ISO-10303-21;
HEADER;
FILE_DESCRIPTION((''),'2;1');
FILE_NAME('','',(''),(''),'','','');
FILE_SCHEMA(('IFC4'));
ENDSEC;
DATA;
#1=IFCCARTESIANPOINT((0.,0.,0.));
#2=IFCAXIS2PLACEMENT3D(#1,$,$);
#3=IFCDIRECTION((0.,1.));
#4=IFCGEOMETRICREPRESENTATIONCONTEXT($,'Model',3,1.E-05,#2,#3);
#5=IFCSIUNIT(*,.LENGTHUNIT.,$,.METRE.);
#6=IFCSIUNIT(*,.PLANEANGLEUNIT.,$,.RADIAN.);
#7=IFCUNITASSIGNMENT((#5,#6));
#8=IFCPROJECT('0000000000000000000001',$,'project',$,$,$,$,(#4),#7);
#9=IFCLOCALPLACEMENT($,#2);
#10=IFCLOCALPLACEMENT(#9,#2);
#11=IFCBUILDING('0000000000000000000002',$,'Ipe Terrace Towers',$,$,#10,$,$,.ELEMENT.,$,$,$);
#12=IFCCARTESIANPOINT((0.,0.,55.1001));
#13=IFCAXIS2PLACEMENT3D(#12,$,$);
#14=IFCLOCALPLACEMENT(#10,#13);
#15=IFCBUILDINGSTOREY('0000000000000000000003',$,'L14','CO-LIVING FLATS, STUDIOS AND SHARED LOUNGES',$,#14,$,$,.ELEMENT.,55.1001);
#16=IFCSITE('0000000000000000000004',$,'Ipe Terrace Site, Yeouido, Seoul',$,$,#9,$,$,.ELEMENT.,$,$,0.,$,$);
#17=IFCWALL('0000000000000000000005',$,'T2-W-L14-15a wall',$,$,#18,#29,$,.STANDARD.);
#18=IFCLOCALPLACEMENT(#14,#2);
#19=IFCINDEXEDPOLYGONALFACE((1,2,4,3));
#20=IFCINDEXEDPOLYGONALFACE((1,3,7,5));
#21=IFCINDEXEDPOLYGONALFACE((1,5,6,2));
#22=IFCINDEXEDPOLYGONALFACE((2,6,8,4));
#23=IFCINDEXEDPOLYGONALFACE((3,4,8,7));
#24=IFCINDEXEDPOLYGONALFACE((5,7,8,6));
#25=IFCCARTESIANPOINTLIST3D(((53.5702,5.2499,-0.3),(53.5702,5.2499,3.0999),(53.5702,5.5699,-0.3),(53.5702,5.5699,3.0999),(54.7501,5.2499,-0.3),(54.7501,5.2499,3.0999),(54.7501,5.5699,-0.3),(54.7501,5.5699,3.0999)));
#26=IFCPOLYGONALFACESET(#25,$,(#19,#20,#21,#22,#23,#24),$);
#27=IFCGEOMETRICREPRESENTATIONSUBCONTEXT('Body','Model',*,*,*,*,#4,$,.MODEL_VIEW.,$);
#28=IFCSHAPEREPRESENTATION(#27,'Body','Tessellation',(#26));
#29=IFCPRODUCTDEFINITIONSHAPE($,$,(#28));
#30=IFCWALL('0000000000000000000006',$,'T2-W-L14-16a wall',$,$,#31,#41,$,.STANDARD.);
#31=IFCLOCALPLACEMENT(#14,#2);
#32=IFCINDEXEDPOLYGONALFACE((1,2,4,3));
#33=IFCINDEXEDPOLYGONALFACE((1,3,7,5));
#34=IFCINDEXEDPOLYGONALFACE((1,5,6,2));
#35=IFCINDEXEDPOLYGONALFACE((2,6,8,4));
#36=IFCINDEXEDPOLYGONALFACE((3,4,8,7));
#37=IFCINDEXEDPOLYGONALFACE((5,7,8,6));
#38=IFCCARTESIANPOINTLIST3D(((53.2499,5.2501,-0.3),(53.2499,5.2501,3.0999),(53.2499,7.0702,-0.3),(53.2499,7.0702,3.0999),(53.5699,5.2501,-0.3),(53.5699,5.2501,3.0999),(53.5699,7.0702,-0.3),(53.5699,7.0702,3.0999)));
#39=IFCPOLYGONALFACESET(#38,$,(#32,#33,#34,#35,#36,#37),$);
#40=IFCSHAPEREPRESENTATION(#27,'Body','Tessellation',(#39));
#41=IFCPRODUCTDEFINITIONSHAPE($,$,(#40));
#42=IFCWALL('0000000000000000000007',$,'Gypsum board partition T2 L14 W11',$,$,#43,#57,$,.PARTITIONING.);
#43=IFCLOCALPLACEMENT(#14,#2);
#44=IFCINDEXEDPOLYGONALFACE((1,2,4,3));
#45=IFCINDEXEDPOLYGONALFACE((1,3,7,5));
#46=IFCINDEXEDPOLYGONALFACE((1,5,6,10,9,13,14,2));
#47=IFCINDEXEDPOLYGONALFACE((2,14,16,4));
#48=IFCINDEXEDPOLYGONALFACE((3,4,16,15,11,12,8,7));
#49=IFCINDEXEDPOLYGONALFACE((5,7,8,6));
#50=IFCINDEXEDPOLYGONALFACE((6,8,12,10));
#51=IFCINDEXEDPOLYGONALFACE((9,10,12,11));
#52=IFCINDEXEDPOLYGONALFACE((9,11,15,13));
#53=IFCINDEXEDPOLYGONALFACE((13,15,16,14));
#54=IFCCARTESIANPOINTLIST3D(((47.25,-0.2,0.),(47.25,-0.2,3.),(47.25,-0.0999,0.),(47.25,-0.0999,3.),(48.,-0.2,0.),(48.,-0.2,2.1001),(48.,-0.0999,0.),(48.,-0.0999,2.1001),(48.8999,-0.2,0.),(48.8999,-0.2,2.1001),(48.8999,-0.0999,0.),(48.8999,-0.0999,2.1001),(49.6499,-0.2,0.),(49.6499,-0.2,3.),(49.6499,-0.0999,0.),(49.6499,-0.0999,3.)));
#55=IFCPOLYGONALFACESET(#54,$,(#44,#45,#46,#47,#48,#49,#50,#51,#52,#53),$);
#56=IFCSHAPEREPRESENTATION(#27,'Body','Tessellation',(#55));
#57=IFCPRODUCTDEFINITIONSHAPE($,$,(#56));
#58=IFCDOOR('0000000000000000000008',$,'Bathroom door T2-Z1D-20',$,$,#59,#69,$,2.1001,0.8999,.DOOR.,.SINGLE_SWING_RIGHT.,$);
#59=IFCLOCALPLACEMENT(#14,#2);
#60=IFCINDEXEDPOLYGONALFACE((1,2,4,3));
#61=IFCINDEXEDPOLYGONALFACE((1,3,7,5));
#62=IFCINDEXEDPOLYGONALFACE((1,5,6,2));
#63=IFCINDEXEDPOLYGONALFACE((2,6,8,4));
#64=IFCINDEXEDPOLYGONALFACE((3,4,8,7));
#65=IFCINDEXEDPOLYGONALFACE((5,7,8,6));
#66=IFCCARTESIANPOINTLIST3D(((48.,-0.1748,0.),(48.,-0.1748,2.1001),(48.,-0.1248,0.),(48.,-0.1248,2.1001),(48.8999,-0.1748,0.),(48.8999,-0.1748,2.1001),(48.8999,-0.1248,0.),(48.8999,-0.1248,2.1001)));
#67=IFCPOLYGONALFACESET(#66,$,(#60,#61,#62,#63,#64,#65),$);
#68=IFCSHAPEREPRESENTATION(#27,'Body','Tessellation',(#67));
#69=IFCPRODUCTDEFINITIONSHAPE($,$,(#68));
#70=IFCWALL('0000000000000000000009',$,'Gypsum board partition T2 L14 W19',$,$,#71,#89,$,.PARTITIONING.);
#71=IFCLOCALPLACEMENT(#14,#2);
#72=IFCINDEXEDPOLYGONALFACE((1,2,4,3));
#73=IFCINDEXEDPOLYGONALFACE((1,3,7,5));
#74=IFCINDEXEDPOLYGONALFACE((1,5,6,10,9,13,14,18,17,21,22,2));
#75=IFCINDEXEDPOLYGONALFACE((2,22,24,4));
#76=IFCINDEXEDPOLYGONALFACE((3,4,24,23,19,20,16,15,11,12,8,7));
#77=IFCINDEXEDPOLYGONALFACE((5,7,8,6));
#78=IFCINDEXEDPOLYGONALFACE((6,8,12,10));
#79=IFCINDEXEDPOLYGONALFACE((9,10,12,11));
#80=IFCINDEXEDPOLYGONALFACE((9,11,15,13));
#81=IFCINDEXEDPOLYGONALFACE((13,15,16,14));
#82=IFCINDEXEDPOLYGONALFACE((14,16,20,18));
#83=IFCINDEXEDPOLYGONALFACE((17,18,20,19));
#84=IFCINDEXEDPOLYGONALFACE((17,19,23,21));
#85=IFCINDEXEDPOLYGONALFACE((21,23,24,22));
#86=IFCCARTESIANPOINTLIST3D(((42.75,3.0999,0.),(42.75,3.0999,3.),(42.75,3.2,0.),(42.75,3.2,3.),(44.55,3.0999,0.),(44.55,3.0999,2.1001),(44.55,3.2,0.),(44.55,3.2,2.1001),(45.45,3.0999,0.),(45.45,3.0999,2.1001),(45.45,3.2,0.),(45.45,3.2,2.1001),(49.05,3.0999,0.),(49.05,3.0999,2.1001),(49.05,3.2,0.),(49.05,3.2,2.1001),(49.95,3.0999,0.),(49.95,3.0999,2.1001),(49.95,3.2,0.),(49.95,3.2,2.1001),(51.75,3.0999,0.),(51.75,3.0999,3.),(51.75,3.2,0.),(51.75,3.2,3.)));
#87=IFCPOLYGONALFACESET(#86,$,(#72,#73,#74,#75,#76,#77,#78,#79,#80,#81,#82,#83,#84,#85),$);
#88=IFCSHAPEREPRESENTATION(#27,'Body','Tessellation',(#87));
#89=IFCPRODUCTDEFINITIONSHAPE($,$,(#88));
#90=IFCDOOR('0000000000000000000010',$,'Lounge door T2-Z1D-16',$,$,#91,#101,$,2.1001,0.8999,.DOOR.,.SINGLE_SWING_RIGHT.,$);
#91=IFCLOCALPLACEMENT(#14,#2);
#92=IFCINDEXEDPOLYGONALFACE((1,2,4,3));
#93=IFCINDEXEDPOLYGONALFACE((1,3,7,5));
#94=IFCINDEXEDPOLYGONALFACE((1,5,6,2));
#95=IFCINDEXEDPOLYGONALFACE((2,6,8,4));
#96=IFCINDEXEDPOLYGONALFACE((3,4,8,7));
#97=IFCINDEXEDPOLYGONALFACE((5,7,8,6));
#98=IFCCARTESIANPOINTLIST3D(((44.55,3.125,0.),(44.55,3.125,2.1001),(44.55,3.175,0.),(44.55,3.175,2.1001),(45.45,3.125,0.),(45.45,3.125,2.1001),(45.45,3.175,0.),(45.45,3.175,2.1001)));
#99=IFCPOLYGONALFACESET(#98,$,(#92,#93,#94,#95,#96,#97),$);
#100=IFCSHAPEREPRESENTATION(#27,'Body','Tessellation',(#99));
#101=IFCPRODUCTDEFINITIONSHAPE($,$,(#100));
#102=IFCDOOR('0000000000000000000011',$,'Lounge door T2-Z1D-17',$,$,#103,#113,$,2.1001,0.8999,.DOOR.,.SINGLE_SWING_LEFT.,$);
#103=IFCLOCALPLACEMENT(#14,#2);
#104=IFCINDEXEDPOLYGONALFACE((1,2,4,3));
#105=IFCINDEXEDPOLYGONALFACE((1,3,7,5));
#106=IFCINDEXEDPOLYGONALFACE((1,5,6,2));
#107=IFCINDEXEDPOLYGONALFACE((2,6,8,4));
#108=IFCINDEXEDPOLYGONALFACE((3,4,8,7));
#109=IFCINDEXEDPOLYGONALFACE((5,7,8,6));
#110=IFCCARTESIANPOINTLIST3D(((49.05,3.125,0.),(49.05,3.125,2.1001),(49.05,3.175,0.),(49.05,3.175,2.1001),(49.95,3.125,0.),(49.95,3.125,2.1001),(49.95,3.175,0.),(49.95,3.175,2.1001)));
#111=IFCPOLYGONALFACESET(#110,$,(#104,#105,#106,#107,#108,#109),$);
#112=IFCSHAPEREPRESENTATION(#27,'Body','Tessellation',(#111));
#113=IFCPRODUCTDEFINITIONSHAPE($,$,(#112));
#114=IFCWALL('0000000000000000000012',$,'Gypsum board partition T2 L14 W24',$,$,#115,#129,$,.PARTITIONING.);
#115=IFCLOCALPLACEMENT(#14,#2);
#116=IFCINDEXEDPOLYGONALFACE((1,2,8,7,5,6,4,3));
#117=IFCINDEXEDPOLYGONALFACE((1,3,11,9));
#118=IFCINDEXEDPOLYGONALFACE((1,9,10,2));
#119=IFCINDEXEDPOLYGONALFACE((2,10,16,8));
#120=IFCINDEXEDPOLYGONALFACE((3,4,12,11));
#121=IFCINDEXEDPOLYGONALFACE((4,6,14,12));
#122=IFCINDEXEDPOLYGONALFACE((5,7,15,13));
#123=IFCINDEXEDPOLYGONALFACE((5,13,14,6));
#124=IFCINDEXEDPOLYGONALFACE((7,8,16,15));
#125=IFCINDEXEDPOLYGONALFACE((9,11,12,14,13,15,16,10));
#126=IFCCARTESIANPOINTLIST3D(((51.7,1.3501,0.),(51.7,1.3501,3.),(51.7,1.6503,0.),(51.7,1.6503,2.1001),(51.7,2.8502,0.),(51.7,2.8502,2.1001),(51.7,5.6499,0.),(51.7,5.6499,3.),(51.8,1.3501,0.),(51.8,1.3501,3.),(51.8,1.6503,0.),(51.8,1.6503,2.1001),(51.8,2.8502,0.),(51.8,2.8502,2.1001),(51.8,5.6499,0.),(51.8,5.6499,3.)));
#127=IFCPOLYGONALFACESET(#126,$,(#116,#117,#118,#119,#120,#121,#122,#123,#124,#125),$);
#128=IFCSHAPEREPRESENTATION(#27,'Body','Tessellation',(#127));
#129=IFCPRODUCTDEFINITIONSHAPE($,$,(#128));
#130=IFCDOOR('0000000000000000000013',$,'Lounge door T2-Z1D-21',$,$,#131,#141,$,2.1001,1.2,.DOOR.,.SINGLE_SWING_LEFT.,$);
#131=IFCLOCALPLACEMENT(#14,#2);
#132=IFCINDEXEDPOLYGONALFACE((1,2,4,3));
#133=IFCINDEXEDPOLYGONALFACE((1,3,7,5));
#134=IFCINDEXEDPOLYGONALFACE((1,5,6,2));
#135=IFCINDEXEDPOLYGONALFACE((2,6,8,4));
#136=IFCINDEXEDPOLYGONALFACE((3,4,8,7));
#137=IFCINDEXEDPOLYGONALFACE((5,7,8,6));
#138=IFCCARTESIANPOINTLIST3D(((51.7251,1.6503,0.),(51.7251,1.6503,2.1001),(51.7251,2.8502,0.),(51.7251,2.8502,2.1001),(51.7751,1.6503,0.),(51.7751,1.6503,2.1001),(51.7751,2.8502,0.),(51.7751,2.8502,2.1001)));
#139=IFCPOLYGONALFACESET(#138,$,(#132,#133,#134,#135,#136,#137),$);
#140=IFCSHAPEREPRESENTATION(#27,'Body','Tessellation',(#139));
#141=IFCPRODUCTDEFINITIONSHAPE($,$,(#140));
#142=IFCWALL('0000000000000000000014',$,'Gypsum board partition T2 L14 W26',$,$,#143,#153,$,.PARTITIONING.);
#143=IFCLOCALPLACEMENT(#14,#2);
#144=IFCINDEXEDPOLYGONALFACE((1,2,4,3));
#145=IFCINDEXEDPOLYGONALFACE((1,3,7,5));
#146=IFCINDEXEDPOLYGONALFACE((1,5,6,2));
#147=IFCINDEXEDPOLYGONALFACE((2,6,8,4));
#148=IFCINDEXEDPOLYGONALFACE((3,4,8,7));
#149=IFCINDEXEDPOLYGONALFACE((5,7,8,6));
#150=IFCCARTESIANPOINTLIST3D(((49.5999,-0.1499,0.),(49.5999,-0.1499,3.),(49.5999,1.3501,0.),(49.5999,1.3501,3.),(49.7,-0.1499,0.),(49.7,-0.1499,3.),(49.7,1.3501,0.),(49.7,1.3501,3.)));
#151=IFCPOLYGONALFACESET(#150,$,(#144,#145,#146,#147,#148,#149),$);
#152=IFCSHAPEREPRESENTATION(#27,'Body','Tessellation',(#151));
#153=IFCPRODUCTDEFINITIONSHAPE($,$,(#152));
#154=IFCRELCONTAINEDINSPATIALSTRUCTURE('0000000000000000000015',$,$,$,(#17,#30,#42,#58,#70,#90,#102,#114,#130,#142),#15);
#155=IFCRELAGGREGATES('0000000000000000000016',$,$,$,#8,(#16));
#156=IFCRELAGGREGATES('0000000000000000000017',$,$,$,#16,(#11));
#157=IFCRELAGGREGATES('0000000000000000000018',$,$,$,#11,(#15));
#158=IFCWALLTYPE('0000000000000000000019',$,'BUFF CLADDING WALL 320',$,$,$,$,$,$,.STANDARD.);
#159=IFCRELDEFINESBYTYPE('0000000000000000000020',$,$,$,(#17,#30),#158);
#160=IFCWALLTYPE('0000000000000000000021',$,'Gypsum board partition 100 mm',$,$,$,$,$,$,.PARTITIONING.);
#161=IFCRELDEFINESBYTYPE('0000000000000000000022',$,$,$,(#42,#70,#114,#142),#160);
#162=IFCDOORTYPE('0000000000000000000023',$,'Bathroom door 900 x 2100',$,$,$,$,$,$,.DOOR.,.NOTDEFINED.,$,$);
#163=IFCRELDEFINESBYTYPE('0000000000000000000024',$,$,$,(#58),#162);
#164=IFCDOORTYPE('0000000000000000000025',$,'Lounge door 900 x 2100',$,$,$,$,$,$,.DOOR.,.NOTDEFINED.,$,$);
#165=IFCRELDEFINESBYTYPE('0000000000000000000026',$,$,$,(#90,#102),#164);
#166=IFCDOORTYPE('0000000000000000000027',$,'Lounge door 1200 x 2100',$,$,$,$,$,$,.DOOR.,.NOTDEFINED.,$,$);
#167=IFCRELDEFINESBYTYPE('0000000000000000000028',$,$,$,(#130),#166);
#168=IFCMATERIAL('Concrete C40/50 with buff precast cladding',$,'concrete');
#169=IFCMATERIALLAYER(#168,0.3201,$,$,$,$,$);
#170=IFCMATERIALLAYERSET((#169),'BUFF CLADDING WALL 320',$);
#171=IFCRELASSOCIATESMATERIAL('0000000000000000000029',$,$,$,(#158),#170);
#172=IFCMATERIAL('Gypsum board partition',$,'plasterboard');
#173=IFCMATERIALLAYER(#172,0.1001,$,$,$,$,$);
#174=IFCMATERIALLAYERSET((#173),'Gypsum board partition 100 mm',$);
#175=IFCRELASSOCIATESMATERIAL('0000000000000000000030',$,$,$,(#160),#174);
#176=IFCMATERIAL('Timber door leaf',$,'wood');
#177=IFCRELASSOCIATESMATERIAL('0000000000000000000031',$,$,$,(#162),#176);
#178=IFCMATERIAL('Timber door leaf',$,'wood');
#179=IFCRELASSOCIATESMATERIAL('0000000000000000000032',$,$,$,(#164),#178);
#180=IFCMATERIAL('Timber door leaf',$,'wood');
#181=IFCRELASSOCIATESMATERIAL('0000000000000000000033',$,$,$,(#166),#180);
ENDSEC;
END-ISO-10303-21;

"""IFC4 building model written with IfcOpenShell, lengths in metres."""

from ifc_helpers import new_model, si_unit, direction, frame, frame_2d, origin, place, context, subcontext, project, spatial, rectangle, extrude, material, layer, layer_set, type_object, element, fill, save


model = new_model("IFC4")

# Units and contexts
model_context = context("Model", 3, precision=1e-05, world=origin(), true_north=direction((0.0, 1.0)))
body_context = subcontext(model_context, "Body", "Model", "MODEL_VIEW")
ifc_project = project(units=[si_unit("LENGTHUNIT", "METRE"), si_unit("PLANEANGLEUNIT", "RADIAN")], contexts=[model_context])

# Site, building, storey
site_placement = place(None, origin())
site = spatial("IfcSite", under=ifc_project, at=site_placement, Name="Ipe Terrace Site, Yeouido, Seoul", CompositionType="ELEMENT", RefElevation=0.0)
building_placement = place(site_placement, origin())
building = spatial("IfcBuilding", under=site, at=building_placement, Name="Ipe Terrace Towers", CompositionType="ELEMENT")
storey_placement = place(building_placement, frame((0.0, 0.0, 55.1001)))
storey = spatial("IfcBuildingStorey", under=building, at=storey_placement, Name="L14", Description="CO-LIVING FLATS, STUDIOS AND SHARED LOUNGES", CompositionType="ELEMENT", Elevation=55.1001)

# Walls
ifc_material_1 = material(Name="Concrete C40/50 with buff precast cladding", Category="concrete")
ifc_layer_1 = layer(ifc_material_1, 0.3201)
ifc_layer_set_1 = layer_set([ifc_layer_1], Name="BUFF CLADDING WALL 320")
wall_type_1 = type_object("IfcWallType", Name="BUFF CLADDING WALL 320", PredefinedType="STANDARD", material=ifc_layer_set_1)
wall_1_placement = place(storey_placement, frame((54.75, 5.4099, -0.3), z_axis=(0.0, 0.0, 1.0), x_axis=(-1.0, 0.0, 0.0)))
element("IfcWall", 1, at=wall_1_placement, inside=storey, type_object=wall_type_1, Name="T2-W-L14-15a wall", PredefinedType="STANDARD", context=body_context, shape_type="SweptSolid", body=[
    extrude(rectangle(XDim=1.1799, YDim=0.3201, at=frame_2d((0.5898, 0.0))), origin(), (0.0, 0.0, 1.0), 3.3999),
])
wall_2_placement = place(storey_placement, frame((53.4099, 5.25, -0.3), z_axis=(0.0, 0.0, 1.0), x_axis=(0.0, 1.0, 0.0)))
element("IfcWall", 2, at=wall_2_placement, inside=storey, type_object=wall_type_1, Name="T2-W-L14-16a wall", PredefinedType="STANDARD", context=body_context, shape_type="SweptSolid", body=[
    extrude(rectangle(XDim=1.8201, YDim=0.3201, at=frame_2d((0.9102, 0.0))), origin(), (0.0, 0.0, 1.0), 3.3999),
])

# Wall, opening, door
ifc_material_2 = material(Name="Gypsum board partition", Category="plasterboard")
ifc_layer_2 = layer(ifc_material_2, 0.1001)
ifc_layer_set_2 = layer_set([ifc_layer_2], Name="Gypsum board partition 100 mm")
wall_type_2 = type_object("IfcWallType", Name="Gypsum board partition 100 mm", PredefinedType="PARTITIONING", material=ifc_layer_set_2)
wall_3_placement = place(storey_placement, frame((49.6499, -0.1499, 0.0), z_axis=(0.0, 0.0, 1.0), x_axis=(-1.0, 0.0, 0.0)))
wall_3 = element("IfcWall", 3, at=wall_3_placement, inside=storey, type_object=wall_type_2, Name="Gypsum board partition T2 L14 W11", PredefinedType="PARTITIONING", context=body_context, shape_type="SweptSolid", body=[
    extrude(rectangle(XDim=2.3999, YDim=0.1001, at=frame_2d((1.2, 0.0))), origin(), (0.0, 0.0, 1.0), 3.0),
])
opening_1_placement = place(wall_3_placement, frame((0.75, 0.0, 0.0)))
opening_1 = element("IfcOpeningElement", 4, at=opening_1_placement, cuts=wall_3, PredefinedType="OPENING", context=body_context, shape_type="SweptSolid", body=[
    extrude(rectangle(XDim=0.8999, YDim=2.1001, at=frame_2d((0.45, 1.05))), frame((0.0, 0.0601, 0.0), z_axis=(0.0, -1.0, 0.0), x_axis=(1.0, 0.0, 0.0)), (0.0, 0.0, 1.0), 0.1201),
])
ifc_material_3 = material(Name="Timber door leaf", Category="wood")
door_type_1 = type_object("IfcDoorType", Name="Bathroom door 900 x 2100", OperationType="NOTDEFINED", PredefinedType="DOOR", material=ifc_material_3)
door_1_placement = place(opening_1_placement, origin())
door_1 = element("IfcDoor", 5, at=door_1_placement, inside=storey, type_object=door_type_1, Name="Bathroom door T2-Z1D-20", OperationType="SINGLE_SWING_RIGHT", OverallHeight=2.1001, OverallWidth=0.8999, PredefinedType="DOOR", context=body_context, shape_type="SweptSolid", body=[
    extrude(rectangle(XDim=0.8999, YDim=2.1001, at=frame_2d((0.45, 1.05))), frame((0.0, 0.0249, 0.0), z_axis=(0.0, -1.0, 0.0), x_axis=(1.0, 0.0, 0.0)), (0.0, 0.0, 1.0), 0.05),
])
fill(opening_1, door_1)

# Wall, openings, doors
wall_4_placement = place(storey_placement, frame((51.75, 3.1499, 0.0), z_axis=(0.0, 0.0, 1.0), x_axis=(-1.0, 0.0, 0.0)))
wall_4 = element("IfcWall", 6, at=wall_4_placement, inside=storey, type_object=wall_type_2, Name="Gypsum board partition T2 L14 W19", PredefinedType="PARTITIONING", context=body_context, shape_type="SweptSolid", body=[
    extrude(rectangle(XDim=9.0, YDim=0.1001, at=frame_2d((4.5, 0.0))), origin(), (0.0, 0.0, 1.0), 3.0),
])
opening_2_placement = place(wall_4_placement, frame((6.3, 0.0, 0.0)))
opening_2 = element("IfcOpeningElement", 7, at=opening_2_placement, cuts=wall_4, PredefinedType="OPENING", context=body_context, shape_type="SweptSolid", body=[
    extrude(rectangle(XDim=0.8999, YDim=2.1001, at=frame_2d((0.45, 1.05))), frame((0.0, 0.0601, 0.0), z_axis=(0.0, -1.0, 0.0), x_axis=(1.0, 0.0, 0.0)), (0.0, 0.0, 1.0), 0.1201),
])
opening_3_placement = place(wall_4_placement, frame((1.8, 0.0, 0.0)))
opening_3 = element("IfcOpeningElement", 8, at=opening_3_placement, cuts=wall_4, PredefinedType="OPENING", context=body_context, shape_type="SweptSolid", body=[
    extrude(rectangle(XDim=0.8999, YDim=2.1001, at=frame_2d((0.45, 1.05))), frame((0.0, 0.0601, 0.0), z_axis=(0.0, -1.0, 0.0), x_axis=(1.0, 0.0, 0.0)), (0.0, 0.0, 1.0), 0.1201),
])
ifc_material_4 = material(Name="Timber door leaf", Category="wood")
door_type_2 = type_object("IfcDoorType", Name="Lounge door 900 x 2100", OperationType="NOTDEFINED", PredefinedType="DOOR", material=ifc_material_4)
door_2_placement = place(opening_2_placement, origin())
door_2 = element("IfcDoor", 9, at=door_2_placement, inside=storey, type_object=door_type_2, Name="Lounge door T2-Z1D-16", OperationType="SINGLE_SWING_RIGHT", OverallHeight=2.1001, OverallWidth=0.8999, PredefinedType="DOOR", context=body_context, shape_type="SweptSolid", body=[
    extrude(rectangle(XDim=0.8999, YDim=2.1001, at=frame_2d((0.45, 1.05))), frame((0.0, 0.0249, 0.0), z_axis=(0.0, -1.0, 0.0), x_axis=(1.0, 0.0, 0.0)), (0.0, 0.0, 1.0), 0.05),
])
fill(opening_2, door_2)
door_3_placement = place(opening_3_placement, origin())
door_3 = element("IfcDoor", 10, at=door_3_placement, inside=storey, type_object=door_type_2, Name="Lounge door T2-Z1D-17", OperationType="SINGLE_SWING_LEFT", OverallHeight=2.1001, OverallWidth=0.8999, PredefinedType="DOOR", context=body_context, shape_type="SweptSolid", body=[
    extrude(rectangle(XDim=0.8999, YDim=2.1001, at=frame_2d((0.45, 1.05))), frame((0.0, 0.0249, 0.0), z_axis=(0.0, -1.0, 0.0), x_axis=(1.0, 0.0, 0.0)), (0.0, 0.0, 1.0), 0.05),
])
fill(opening_3, door_3)

# Wall, opening, door
wall_5_placement = place(storey_placement, frame((51.75, 1.3501, 0.0), z_axis=(0.0, 0.0, 1.0), x_axis=(0.0, 1.0, 0.0)))
wall_5 = element("IfcWall", 11, at=wall_5_placement, inside=storey, type_object=wall_type_2, Name="Gypsum board partition T2 L14 W24", PredefinedType="PARTITIONING", context=body_context, shape_type="SweptSolid", body=[
    extrude(rectangle(XDim=4.2998, YDim=0.1001, at=frame_2d((2.1499, 0.0))), origin(), (0.0, 0.0, 1.0), 3.0),
])
opening_4_placement = place(wall_5_placement, frame((0.3, 0.0, 0.0)))
opening_4 = element("IfcOpeningElement", 12, at=opening_4_placement, cuts=wall_5, PredefinedType="OPENING", context=body_context, shape_type="SweptSolid", body=[
    extrude(rectangle(XDim=1.2, YDim=2.1001, at=frame_2d((0.6001, 1.05))), frame((0.0, 0.0601, 0.0), z_axis=(0.0, -1.0, 0.0), x_axis=(1.0, 0.0, 0.0)), (0.0, 0.0, 1.0), 0.1201),
])
ifc_material_5 = material(Name="Timber door leaf", Category="wood")
door_type_3 = type_object("IfcDoorType", Name="Lounge door 1200 x 2100", OperationType="NOTDEFINED", PredefinedType="DOOR", material=ifc_material_5)
door_4_placement = place(opening_4_placement, origin())
door_4 = element("IfcDoor", 13, at=door_4_placement, inside=storey, type_object=door_type_3, Name="Lounge door T2-Z1D-21", OperationType="SINGLE_SWING_LEFT", OverallHeight=2.1001, OverallWidth=1.2, PredefinedType="DOOR", context=body_context, shape_type="SweptSolid", body=[
    extrude(rectangle(XDim=1.2, YDim=2.1001, at=frame_2d((0.6001, 1.05))), frame((0.0, 0.0249, 0.0), z_axis=(0.0, -1.0, 0.0), x_axis=(1.0, 0.0, 0.0)), (0.0, 0.0, 1.0), 0.05),
])
fill(opening_4, door_4)

# Wall
wall_6_placement = place(storey_placement, frame((49.6499, -0.1499, 0.0), z_axis=(0.0, 0.0, 1.0), x_axis=(0.0, 1.0, 0.0)))
element("IfcWall", 14, at=wall_6_placement, inside=storey, type_object=wall_type_2, Name="Gypsum board partition T2 L14 W26", PredefinedType="PARTITIONING", context=body_context, shape_type="SweptSolid", body=[
    extrude(rectangle(XDim=1.5, YDim=0.1001, at=frame_2d((0.75, 0.0))), origin(), (0.0, 0.0, 1.0), 3.0),
])

save(model, "model.ifc")
